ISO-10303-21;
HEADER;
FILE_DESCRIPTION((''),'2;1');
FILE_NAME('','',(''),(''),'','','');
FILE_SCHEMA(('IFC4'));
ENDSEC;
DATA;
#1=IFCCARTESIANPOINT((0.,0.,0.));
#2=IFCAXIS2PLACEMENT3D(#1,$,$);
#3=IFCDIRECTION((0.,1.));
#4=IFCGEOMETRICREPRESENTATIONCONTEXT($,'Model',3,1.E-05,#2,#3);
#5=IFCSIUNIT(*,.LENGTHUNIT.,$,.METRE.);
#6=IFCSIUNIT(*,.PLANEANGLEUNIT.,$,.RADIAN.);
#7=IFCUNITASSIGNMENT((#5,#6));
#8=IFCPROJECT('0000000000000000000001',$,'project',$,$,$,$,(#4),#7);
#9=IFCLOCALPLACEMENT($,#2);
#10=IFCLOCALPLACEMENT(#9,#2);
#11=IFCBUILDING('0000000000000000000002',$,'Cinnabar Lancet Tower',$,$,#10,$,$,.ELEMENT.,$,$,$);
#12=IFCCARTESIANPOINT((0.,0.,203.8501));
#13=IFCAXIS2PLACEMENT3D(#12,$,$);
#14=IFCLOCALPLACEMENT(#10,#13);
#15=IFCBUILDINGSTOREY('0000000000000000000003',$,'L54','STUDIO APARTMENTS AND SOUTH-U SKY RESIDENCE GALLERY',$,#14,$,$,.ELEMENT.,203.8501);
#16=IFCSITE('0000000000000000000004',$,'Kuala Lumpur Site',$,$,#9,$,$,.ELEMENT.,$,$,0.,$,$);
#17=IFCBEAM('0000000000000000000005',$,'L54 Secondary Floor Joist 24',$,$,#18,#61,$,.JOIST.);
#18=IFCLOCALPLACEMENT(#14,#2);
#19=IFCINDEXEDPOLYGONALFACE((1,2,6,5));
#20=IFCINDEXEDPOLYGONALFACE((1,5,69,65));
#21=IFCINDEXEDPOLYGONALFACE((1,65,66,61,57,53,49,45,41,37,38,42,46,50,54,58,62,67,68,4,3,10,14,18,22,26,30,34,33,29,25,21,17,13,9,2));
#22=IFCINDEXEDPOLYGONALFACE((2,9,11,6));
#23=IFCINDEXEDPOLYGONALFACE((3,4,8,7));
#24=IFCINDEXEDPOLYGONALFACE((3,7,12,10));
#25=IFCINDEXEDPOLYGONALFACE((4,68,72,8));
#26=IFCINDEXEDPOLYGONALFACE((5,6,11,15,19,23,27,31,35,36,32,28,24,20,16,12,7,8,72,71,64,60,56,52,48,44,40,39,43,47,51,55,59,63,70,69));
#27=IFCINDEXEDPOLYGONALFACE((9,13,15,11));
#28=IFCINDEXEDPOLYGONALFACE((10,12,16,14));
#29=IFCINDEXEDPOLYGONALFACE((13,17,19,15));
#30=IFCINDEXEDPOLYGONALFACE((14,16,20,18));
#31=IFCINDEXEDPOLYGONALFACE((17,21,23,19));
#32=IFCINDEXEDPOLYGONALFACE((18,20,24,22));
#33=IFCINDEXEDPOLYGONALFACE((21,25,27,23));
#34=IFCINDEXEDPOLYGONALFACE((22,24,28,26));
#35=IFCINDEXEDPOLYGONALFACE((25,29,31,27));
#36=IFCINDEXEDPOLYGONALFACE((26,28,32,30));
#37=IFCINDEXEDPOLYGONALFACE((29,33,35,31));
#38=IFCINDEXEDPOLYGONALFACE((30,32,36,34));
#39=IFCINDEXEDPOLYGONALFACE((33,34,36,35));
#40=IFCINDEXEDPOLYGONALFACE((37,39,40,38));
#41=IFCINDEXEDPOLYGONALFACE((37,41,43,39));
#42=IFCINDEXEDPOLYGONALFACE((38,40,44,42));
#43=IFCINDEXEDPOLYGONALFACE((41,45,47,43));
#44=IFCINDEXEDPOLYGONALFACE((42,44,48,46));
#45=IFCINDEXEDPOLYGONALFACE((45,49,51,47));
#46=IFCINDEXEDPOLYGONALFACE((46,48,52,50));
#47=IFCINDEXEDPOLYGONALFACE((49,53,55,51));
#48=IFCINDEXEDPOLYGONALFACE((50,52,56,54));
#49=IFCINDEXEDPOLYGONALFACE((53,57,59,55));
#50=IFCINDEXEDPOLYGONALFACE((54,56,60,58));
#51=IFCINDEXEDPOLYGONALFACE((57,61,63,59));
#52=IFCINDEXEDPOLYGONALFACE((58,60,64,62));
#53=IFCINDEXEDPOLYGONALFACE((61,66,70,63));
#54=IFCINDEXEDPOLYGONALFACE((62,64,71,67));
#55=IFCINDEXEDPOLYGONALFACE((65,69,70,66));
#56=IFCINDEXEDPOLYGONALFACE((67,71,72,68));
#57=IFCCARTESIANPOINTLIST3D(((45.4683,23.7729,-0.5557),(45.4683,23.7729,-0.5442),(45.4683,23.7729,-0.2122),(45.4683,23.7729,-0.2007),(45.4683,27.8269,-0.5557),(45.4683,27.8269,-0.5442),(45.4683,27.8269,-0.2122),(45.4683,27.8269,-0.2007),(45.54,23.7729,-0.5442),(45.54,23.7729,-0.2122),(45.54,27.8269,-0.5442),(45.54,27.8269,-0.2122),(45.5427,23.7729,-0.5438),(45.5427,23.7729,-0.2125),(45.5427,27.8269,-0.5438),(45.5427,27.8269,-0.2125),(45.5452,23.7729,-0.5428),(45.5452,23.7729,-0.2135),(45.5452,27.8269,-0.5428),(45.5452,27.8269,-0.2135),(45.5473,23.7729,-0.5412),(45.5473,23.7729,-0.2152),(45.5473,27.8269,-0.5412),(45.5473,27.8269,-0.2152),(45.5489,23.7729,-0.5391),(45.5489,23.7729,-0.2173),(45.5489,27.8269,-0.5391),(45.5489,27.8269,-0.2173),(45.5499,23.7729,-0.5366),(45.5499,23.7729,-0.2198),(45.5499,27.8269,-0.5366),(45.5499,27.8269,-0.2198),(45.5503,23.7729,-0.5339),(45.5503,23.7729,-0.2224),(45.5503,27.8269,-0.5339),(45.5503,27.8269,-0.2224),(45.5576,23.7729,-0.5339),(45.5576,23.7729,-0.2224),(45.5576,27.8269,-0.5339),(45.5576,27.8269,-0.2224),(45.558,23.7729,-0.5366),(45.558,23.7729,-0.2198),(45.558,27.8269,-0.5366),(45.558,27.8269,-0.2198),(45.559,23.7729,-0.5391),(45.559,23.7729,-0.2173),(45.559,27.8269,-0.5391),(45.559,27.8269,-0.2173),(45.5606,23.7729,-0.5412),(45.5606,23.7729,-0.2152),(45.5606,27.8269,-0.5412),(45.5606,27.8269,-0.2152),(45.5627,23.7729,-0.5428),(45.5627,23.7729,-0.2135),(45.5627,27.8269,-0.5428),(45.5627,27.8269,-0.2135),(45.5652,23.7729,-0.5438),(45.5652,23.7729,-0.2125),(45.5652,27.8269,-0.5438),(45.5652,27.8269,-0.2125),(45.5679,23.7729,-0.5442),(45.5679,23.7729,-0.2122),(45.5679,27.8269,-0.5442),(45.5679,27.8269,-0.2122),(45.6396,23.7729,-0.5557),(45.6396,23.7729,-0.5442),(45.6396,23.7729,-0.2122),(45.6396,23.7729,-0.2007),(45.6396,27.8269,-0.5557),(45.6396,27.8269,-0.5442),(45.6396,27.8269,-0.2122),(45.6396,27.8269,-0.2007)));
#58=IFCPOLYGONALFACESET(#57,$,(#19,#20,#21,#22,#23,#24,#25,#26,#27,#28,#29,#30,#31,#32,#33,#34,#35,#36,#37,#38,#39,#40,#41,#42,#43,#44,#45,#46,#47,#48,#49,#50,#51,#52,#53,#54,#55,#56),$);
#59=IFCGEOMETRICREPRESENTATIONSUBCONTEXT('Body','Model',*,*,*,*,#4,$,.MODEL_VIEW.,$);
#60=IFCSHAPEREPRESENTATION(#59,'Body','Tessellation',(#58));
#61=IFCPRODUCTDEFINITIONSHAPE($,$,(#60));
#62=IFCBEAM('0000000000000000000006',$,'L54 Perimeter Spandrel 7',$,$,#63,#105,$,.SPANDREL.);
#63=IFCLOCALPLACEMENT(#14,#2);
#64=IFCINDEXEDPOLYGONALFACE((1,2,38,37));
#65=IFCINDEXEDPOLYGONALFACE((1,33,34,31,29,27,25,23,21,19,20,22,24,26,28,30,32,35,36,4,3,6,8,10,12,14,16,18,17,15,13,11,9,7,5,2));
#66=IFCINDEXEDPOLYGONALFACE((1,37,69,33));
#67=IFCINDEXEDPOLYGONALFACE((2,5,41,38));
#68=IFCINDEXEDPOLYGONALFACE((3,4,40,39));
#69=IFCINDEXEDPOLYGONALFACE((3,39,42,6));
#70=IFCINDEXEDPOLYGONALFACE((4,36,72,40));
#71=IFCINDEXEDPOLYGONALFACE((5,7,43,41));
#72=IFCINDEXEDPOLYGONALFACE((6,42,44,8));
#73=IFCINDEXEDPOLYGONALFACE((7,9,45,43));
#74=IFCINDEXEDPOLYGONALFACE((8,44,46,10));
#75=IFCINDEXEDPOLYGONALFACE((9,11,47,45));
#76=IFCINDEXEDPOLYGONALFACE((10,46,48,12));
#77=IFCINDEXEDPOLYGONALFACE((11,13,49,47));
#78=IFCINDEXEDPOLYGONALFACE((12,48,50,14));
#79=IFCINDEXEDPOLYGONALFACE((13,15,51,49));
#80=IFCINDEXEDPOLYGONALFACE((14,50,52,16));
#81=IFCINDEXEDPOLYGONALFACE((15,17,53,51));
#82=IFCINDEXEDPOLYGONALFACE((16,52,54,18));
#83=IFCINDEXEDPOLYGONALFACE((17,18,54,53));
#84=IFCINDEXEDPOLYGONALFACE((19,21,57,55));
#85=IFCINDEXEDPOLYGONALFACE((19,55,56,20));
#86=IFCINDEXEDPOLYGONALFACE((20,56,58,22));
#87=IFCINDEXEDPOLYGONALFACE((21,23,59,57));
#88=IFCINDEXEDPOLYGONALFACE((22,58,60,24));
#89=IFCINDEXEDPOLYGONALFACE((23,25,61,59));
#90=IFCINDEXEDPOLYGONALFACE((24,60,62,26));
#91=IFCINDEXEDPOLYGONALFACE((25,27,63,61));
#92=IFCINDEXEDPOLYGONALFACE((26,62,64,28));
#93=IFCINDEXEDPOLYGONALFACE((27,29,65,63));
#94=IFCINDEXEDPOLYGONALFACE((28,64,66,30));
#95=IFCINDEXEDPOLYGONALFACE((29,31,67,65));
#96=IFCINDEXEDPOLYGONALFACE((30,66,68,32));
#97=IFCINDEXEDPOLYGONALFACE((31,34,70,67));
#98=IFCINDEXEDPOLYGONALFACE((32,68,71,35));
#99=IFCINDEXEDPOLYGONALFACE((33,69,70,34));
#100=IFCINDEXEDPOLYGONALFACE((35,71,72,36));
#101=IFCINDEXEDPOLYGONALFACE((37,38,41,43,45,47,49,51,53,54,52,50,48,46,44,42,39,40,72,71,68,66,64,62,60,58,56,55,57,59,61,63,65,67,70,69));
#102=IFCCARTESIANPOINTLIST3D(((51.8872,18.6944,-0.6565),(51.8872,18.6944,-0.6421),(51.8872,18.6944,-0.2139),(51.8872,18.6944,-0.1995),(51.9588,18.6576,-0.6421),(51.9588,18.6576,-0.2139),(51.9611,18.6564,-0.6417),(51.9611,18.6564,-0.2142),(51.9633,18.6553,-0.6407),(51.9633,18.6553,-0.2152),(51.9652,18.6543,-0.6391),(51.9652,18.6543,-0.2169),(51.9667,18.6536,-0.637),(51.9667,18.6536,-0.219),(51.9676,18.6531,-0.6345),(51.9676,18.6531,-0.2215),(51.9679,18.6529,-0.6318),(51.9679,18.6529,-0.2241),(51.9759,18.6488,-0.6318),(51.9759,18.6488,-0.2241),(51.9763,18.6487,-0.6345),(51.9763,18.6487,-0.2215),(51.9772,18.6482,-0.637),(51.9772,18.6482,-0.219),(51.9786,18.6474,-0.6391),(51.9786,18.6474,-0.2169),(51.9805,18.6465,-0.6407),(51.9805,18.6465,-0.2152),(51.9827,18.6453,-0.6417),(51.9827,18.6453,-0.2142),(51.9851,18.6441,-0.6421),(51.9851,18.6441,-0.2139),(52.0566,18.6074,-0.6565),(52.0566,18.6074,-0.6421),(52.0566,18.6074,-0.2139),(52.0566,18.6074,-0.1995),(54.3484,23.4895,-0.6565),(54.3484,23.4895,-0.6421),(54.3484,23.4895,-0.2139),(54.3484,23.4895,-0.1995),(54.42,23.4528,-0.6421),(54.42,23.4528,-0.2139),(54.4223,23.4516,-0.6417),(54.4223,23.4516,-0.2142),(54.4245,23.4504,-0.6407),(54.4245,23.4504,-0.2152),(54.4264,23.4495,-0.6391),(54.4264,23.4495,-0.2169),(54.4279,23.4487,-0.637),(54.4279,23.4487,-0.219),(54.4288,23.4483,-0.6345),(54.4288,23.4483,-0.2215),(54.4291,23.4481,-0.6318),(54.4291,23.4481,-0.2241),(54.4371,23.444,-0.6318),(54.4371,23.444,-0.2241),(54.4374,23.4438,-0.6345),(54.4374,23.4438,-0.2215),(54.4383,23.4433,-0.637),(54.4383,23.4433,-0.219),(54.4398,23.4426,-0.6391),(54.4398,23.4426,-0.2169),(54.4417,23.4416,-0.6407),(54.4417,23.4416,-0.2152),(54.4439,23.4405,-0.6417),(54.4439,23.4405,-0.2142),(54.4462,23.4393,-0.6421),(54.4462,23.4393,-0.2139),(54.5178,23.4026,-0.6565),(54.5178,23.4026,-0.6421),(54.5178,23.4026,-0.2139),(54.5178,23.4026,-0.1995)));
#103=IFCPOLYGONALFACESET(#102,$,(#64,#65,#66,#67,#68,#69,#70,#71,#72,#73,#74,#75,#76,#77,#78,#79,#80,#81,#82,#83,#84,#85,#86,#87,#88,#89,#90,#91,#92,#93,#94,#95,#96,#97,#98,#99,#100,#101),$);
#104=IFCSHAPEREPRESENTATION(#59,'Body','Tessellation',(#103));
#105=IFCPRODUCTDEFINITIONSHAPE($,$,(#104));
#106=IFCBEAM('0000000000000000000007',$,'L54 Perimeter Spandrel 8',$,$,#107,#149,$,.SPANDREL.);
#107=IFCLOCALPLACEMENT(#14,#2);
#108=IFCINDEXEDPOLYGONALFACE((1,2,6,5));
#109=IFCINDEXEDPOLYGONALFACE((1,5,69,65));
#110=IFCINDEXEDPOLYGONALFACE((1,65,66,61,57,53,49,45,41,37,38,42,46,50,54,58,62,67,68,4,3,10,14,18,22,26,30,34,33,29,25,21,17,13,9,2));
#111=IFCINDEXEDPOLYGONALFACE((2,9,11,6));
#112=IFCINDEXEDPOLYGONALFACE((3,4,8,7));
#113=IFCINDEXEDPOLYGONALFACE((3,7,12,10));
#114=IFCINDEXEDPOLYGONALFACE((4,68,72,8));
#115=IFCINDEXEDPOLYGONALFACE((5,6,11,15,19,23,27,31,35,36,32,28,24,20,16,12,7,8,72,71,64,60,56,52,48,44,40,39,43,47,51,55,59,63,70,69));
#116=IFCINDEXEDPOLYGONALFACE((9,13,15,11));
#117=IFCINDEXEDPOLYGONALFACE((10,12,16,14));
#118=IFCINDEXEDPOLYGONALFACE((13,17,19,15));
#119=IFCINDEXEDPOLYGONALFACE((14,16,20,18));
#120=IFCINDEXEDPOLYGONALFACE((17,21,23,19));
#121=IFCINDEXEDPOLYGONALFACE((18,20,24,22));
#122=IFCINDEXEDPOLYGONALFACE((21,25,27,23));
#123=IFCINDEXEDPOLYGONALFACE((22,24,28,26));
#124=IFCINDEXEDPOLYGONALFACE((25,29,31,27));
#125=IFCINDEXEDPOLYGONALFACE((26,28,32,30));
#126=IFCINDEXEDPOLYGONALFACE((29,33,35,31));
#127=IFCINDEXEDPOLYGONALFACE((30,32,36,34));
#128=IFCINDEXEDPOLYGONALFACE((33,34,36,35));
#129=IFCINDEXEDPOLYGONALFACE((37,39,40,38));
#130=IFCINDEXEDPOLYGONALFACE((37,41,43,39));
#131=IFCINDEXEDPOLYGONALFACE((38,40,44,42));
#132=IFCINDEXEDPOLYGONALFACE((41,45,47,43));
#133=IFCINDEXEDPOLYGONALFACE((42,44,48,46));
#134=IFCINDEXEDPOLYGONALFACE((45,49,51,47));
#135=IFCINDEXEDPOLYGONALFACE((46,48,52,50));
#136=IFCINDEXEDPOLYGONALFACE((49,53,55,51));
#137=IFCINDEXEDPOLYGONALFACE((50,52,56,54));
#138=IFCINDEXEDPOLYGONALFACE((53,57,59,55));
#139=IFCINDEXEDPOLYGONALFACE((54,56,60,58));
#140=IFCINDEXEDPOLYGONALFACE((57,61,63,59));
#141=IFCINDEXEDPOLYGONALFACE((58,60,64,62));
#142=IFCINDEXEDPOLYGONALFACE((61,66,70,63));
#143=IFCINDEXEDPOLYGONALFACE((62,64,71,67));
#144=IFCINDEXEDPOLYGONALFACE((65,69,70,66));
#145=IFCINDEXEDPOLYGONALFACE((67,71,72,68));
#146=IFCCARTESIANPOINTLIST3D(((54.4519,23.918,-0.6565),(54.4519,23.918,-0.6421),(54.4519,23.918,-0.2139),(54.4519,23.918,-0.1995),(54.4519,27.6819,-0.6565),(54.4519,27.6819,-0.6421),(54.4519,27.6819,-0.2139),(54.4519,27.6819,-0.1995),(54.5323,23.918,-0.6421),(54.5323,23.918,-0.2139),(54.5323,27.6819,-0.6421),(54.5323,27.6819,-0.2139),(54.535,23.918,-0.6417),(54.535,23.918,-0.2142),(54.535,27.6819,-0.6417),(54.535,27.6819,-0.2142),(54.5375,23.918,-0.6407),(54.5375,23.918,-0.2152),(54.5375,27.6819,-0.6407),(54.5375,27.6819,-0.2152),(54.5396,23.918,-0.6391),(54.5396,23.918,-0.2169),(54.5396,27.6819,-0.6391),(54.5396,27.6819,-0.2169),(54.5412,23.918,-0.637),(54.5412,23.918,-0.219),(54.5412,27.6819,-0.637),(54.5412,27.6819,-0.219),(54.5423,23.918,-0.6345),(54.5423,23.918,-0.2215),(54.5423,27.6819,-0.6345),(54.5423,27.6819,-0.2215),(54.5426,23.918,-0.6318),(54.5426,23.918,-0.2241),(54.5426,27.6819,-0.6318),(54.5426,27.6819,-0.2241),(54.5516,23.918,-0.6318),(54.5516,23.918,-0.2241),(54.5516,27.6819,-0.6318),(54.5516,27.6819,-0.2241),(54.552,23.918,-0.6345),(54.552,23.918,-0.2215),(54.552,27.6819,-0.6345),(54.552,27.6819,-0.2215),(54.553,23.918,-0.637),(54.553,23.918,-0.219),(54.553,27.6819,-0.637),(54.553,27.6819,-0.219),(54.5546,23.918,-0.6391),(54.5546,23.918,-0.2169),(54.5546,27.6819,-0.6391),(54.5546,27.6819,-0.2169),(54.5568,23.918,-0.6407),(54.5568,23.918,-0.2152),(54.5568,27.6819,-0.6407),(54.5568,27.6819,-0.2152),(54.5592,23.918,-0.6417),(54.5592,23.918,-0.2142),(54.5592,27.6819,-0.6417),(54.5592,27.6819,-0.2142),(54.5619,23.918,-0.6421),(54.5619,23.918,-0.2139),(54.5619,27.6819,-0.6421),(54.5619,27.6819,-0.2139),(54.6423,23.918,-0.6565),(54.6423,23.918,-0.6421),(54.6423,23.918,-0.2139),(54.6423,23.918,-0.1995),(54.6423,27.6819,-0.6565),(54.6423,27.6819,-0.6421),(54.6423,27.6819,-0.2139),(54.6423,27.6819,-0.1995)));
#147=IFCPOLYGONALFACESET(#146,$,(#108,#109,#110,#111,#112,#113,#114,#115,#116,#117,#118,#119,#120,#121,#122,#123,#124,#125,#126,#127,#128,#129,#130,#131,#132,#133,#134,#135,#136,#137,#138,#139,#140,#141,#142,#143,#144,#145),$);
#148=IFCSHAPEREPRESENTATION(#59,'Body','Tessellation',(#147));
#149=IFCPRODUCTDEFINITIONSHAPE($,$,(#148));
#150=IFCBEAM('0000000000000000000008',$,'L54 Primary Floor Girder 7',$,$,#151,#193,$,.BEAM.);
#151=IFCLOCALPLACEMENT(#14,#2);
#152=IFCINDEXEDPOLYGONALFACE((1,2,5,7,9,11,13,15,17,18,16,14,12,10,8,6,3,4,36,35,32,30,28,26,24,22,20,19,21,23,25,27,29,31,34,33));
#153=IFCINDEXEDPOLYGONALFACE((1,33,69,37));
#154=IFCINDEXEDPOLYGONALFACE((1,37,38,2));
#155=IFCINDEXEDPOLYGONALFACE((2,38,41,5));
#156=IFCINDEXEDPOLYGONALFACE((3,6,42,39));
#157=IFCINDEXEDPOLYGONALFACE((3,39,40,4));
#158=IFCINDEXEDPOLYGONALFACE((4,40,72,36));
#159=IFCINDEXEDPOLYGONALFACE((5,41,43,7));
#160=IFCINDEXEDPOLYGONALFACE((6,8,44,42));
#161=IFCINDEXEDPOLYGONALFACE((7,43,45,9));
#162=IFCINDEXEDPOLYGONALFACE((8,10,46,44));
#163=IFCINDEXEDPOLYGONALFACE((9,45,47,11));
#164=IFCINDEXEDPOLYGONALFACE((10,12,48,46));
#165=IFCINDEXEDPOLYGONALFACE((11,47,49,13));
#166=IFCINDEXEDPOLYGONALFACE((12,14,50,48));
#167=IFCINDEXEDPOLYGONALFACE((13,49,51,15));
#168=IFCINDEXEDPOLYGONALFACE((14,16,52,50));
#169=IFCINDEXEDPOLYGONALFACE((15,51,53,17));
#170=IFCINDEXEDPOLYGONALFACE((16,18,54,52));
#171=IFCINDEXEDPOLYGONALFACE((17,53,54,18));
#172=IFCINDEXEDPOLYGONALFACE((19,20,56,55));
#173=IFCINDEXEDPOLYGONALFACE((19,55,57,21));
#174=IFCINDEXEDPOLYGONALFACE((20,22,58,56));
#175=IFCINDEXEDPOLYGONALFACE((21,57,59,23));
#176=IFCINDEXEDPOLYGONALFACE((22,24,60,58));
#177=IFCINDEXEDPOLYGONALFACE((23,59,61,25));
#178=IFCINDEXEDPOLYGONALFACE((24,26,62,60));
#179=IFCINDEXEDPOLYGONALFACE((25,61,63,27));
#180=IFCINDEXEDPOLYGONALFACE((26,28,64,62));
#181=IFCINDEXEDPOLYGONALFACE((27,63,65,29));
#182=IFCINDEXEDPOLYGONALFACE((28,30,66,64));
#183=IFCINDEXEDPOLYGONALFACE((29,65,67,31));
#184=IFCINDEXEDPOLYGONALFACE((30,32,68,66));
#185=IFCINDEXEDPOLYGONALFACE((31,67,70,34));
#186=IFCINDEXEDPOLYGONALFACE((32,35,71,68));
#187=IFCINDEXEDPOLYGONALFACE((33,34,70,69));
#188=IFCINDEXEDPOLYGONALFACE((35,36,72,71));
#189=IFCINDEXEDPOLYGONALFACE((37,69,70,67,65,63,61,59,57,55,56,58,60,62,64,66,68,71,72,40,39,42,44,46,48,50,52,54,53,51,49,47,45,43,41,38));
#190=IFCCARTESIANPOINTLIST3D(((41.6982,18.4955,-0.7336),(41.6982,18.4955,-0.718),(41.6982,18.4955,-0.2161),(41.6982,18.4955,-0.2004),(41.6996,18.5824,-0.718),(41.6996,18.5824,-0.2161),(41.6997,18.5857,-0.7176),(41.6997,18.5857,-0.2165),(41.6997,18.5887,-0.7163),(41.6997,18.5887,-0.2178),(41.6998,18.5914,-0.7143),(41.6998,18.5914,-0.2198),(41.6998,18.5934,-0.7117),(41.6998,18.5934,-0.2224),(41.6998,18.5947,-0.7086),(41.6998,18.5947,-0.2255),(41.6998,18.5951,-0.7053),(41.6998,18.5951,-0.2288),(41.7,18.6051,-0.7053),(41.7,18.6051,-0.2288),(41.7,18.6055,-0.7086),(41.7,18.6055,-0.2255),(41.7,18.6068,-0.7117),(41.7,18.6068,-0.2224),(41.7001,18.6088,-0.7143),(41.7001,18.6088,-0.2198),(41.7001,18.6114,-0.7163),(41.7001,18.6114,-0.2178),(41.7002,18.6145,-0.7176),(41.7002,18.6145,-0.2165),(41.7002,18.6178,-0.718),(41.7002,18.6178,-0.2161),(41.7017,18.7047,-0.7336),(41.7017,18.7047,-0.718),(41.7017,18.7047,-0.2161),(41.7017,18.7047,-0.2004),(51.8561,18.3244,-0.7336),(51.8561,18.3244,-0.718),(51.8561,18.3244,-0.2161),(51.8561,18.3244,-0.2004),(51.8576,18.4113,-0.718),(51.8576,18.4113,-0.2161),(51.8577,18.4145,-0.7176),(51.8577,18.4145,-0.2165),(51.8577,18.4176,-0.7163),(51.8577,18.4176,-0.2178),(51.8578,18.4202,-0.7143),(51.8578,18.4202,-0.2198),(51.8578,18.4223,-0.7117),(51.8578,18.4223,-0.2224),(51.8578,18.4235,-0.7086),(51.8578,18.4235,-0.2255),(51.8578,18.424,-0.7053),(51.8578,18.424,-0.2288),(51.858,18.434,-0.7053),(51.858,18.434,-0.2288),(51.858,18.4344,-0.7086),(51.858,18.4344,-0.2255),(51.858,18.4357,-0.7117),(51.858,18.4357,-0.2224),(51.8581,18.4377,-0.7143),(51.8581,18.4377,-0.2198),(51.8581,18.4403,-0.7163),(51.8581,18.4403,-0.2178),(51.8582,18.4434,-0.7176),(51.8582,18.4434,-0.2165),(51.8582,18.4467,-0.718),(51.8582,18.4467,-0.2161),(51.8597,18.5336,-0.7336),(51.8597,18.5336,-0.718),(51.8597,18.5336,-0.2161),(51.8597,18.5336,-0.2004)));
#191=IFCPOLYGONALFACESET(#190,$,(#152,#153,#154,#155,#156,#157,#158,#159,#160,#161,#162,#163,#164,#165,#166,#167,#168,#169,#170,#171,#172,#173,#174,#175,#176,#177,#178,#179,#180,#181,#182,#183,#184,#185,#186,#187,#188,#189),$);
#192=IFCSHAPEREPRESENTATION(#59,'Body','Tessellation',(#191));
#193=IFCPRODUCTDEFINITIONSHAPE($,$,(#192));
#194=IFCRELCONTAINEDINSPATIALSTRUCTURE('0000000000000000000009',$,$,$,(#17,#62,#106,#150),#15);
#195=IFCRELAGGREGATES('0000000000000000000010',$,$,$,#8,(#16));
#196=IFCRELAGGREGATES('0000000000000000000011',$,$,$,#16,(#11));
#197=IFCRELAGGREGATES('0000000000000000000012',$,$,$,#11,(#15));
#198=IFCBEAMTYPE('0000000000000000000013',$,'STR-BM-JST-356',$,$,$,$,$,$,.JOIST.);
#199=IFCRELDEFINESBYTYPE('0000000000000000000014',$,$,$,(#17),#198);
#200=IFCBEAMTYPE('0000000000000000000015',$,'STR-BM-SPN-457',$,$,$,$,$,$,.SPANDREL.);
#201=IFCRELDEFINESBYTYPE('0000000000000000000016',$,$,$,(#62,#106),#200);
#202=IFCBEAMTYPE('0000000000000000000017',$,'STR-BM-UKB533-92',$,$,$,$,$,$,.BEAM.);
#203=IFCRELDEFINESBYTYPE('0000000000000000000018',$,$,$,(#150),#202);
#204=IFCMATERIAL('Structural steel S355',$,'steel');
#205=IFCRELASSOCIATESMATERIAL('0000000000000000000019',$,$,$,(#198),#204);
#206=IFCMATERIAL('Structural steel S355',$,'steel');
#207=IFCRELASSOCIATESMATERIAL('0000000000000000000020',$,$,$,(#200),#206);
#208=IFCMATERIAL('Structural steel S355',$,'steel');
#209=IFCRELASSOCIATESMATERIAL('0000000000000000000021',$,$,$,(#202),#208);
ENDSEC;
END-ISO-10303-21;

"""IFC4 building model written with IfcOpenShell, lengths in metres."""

from ifc_helpers import new_model, si_unit, direction, frame, origin, origin_2d, place, context, subcontext, project, spatial, i_section, extrude, material, material_profile, profile_set, type_object, element, save


model = new_model("IFC4")

# Units and contexts
model_context = context("Model", 3, precision=1e-05, world=origin(), true_north=direction((0.0, 1.0)))
body_context = subcontext(model_context, "Body", "Model", "MODEL_VIEW")
ifc_project = project(units=[si_unit("LENGTHUNIT", "METRE"), si_unit("PLANEANGLEUNIT", "RADIAN")], contexts=[model_context])

# Site, building, storey
site_placement = place(None, origin())
site = spatial("IfcSite", under=ifc_project, at=site_placement, Name="Kuala Lumpur Site", CompositionType="ELEMENT", RefElevation=0.0)
building_placement = place(site_placement, origin())
building = spatial("IfcBuilding", under=site, at=building_placement, Name="Cinnabar Lancet Tower", CompositionType="ELEMENT")
storey_placement = place(building_placement, frame((0.0, 0.0, 203.8501)))
storey = spatial("IfcBuildingStorey", under=building, at=storey_placement, Name="L54", Description="STUDIO APARTMENTS AND SOUTH-U SKY RESIDENCE GALLERY", CompositionType="ELEMENT", Elevation=203.8501)

# Beams
ifc_material_1 = material(Name="Structural steel S355", Category="steel")
ifc_material_profile_1 = material_profile(ifc_material_1, i_section(OverallWidth=0.1714, OverallDepth=0.355, WebThickness=0.0073, FlangeThickness=0.0115, FilletRadius=0.0103, at=origin_2d()), Name="UKB 356x171x51")
ifc_profile_set_1 = profile_set([ifc_material_profile_1], Name="Structural steel S355")
beam_type_1 = type_object("IfcBeamType", Name="STR-BM-JST-356", PredefinedType="JOIST", material=ifc_profile_set_1)
for number, where, z_axis, x_axis, name in (
    (1, (45.554, 23.7729, -0.3782), (0.0, 1.0, 0.0), (-1.0, 0.0, 0.0), "L54 Secondary Floor Joist 24"),
):
    element("IfcBeam", number, at=place(storey_placement, frame(where, z_axis=z_axis, x_axis=x_axis)), inside=storey, type_object=beam_type_1, Name=name, PredefinedType="JOIST", context=body_context, shape_type="SweptSolid", body=[
        extrude(i_section(OverallWidth=0.1714, OverallDepth=0.355, WebThickness=0.0073, FlangeThickness=0.0115, FilletRadius=0.0103, at=origin_2d()), origin(), (0.0, 0.0, 1.0), 4.054),
    ])
ifc_material_2 = material(Name="Structural steel S355", Category="steel")
ifc_material_profile_2 = material_profile(ifc_material_2, i_section(OverallWidth=0.1904, OverallDepth=0.457, WebThickness=0.009, FlangeThickness=0.0144, FilletRadius=0.0103, at=origin_2d()), Name="UKB 457x191x74")
ifc_profile_set_2 = profile_set([ifc_material_profile_2], Name="Structural steel S355")
beam_type_2 = type_object("IfcBeamType", Name="STR-BM-SPN-457", PredefinedType="SPANDREL", material=ifc_profile_set_2)
beam_1_placement = place(storey_placement, frame((51.9719, 18.6509, -0.428), z_axis=(0.456628, 0.889658, 0.0), x_axis=(-0.889658, 0.456628, 0.0)))
element("IfcBeam", 2, at=beam_1_placement, inside=storey, type_object=beam_type_2, Name="L54 Perimeter Spandrel 7", PredefinedType="SPANDREL", context=body_context, shape_type="SweptSolid", body=[
    extrude(i_section(OverallWidth=0.1904, OverallDepth=0.457, WebThickness=0.009, FlangeThickness=0.0144, FilletRadius=0.0103, at=origin_2d()), origin(), (0.0, 0.0, 1.0), 5.3899),
])
beam_2_placement = place(storey_placement, frame((54.5471, 23.918, -0.428), z_axis=(0.0, 1.0, 0.0), x_axis=(-1.0, 0.0, 0.0)))
element("IfcBeam", 3, at=beam_2_placement, inside=storey, type_object=beam_type_2, Name="L54 Perimeter Spandrel 8", PredefinedType="SPANDREL", context=body_context, shape_type="SweptSolid", body=[
    extrude(i_section(OverallWidth=0.1904, OverallDepth=0.457, WebThickness=0.009, FlangeThickness=0.0144, FilletRadius=0.0103, at=origin_2d()), origin(), (0.0, 0.0, 1.0), 3.7639),
])
ifc_material_3 = material(Name="Structural steel S355", Category="steel")
ifc_material_profile_3 = material_profile(ifc_material_3, i_section(OverallWidth=0.2092, OverallDepth=0.5332, WebThickness=0.01, FlangeThickness=0.0156, FilletRadius=0.0127, at=origin_2d()), Name="UKB 533x210x92")
ifc_profile_set_3 = profile_set([ifc_material_profile_3], Name="Structural steel S355")
beam_type_3 = type_object("IfcBeamType", Name="STR-BM-UKB533-92", PredefinedType="BEAM", material=ifc_profile_set_3)
beam_3_placement = place(storey_placement, frame((51.8579, 18.429, -0.467), z_axis=(-0.999858, 0.016846, 0.0), x_axis=(-0.016846, -0.999858, 0.0)))
element("IfcBeam", 4, at=beam_3_placement, inside=storey, type_object=beam_type_3, Name="L54 Primary Floor Girder 7", PredefinedType="BEAM", context=body_context, shape_type="SweptSolid", body=[
    extrude(i_section(OverallWidth=0.2092, OverallDepth=0.5332, WebThickness=0.01, FlangeThickness=0.0156, FilletRadius=0.0127, at=origin_2d()), origin(), (0.0, 0.0, 1.0), 10.1594),
])

save(model, "model.ifc")
